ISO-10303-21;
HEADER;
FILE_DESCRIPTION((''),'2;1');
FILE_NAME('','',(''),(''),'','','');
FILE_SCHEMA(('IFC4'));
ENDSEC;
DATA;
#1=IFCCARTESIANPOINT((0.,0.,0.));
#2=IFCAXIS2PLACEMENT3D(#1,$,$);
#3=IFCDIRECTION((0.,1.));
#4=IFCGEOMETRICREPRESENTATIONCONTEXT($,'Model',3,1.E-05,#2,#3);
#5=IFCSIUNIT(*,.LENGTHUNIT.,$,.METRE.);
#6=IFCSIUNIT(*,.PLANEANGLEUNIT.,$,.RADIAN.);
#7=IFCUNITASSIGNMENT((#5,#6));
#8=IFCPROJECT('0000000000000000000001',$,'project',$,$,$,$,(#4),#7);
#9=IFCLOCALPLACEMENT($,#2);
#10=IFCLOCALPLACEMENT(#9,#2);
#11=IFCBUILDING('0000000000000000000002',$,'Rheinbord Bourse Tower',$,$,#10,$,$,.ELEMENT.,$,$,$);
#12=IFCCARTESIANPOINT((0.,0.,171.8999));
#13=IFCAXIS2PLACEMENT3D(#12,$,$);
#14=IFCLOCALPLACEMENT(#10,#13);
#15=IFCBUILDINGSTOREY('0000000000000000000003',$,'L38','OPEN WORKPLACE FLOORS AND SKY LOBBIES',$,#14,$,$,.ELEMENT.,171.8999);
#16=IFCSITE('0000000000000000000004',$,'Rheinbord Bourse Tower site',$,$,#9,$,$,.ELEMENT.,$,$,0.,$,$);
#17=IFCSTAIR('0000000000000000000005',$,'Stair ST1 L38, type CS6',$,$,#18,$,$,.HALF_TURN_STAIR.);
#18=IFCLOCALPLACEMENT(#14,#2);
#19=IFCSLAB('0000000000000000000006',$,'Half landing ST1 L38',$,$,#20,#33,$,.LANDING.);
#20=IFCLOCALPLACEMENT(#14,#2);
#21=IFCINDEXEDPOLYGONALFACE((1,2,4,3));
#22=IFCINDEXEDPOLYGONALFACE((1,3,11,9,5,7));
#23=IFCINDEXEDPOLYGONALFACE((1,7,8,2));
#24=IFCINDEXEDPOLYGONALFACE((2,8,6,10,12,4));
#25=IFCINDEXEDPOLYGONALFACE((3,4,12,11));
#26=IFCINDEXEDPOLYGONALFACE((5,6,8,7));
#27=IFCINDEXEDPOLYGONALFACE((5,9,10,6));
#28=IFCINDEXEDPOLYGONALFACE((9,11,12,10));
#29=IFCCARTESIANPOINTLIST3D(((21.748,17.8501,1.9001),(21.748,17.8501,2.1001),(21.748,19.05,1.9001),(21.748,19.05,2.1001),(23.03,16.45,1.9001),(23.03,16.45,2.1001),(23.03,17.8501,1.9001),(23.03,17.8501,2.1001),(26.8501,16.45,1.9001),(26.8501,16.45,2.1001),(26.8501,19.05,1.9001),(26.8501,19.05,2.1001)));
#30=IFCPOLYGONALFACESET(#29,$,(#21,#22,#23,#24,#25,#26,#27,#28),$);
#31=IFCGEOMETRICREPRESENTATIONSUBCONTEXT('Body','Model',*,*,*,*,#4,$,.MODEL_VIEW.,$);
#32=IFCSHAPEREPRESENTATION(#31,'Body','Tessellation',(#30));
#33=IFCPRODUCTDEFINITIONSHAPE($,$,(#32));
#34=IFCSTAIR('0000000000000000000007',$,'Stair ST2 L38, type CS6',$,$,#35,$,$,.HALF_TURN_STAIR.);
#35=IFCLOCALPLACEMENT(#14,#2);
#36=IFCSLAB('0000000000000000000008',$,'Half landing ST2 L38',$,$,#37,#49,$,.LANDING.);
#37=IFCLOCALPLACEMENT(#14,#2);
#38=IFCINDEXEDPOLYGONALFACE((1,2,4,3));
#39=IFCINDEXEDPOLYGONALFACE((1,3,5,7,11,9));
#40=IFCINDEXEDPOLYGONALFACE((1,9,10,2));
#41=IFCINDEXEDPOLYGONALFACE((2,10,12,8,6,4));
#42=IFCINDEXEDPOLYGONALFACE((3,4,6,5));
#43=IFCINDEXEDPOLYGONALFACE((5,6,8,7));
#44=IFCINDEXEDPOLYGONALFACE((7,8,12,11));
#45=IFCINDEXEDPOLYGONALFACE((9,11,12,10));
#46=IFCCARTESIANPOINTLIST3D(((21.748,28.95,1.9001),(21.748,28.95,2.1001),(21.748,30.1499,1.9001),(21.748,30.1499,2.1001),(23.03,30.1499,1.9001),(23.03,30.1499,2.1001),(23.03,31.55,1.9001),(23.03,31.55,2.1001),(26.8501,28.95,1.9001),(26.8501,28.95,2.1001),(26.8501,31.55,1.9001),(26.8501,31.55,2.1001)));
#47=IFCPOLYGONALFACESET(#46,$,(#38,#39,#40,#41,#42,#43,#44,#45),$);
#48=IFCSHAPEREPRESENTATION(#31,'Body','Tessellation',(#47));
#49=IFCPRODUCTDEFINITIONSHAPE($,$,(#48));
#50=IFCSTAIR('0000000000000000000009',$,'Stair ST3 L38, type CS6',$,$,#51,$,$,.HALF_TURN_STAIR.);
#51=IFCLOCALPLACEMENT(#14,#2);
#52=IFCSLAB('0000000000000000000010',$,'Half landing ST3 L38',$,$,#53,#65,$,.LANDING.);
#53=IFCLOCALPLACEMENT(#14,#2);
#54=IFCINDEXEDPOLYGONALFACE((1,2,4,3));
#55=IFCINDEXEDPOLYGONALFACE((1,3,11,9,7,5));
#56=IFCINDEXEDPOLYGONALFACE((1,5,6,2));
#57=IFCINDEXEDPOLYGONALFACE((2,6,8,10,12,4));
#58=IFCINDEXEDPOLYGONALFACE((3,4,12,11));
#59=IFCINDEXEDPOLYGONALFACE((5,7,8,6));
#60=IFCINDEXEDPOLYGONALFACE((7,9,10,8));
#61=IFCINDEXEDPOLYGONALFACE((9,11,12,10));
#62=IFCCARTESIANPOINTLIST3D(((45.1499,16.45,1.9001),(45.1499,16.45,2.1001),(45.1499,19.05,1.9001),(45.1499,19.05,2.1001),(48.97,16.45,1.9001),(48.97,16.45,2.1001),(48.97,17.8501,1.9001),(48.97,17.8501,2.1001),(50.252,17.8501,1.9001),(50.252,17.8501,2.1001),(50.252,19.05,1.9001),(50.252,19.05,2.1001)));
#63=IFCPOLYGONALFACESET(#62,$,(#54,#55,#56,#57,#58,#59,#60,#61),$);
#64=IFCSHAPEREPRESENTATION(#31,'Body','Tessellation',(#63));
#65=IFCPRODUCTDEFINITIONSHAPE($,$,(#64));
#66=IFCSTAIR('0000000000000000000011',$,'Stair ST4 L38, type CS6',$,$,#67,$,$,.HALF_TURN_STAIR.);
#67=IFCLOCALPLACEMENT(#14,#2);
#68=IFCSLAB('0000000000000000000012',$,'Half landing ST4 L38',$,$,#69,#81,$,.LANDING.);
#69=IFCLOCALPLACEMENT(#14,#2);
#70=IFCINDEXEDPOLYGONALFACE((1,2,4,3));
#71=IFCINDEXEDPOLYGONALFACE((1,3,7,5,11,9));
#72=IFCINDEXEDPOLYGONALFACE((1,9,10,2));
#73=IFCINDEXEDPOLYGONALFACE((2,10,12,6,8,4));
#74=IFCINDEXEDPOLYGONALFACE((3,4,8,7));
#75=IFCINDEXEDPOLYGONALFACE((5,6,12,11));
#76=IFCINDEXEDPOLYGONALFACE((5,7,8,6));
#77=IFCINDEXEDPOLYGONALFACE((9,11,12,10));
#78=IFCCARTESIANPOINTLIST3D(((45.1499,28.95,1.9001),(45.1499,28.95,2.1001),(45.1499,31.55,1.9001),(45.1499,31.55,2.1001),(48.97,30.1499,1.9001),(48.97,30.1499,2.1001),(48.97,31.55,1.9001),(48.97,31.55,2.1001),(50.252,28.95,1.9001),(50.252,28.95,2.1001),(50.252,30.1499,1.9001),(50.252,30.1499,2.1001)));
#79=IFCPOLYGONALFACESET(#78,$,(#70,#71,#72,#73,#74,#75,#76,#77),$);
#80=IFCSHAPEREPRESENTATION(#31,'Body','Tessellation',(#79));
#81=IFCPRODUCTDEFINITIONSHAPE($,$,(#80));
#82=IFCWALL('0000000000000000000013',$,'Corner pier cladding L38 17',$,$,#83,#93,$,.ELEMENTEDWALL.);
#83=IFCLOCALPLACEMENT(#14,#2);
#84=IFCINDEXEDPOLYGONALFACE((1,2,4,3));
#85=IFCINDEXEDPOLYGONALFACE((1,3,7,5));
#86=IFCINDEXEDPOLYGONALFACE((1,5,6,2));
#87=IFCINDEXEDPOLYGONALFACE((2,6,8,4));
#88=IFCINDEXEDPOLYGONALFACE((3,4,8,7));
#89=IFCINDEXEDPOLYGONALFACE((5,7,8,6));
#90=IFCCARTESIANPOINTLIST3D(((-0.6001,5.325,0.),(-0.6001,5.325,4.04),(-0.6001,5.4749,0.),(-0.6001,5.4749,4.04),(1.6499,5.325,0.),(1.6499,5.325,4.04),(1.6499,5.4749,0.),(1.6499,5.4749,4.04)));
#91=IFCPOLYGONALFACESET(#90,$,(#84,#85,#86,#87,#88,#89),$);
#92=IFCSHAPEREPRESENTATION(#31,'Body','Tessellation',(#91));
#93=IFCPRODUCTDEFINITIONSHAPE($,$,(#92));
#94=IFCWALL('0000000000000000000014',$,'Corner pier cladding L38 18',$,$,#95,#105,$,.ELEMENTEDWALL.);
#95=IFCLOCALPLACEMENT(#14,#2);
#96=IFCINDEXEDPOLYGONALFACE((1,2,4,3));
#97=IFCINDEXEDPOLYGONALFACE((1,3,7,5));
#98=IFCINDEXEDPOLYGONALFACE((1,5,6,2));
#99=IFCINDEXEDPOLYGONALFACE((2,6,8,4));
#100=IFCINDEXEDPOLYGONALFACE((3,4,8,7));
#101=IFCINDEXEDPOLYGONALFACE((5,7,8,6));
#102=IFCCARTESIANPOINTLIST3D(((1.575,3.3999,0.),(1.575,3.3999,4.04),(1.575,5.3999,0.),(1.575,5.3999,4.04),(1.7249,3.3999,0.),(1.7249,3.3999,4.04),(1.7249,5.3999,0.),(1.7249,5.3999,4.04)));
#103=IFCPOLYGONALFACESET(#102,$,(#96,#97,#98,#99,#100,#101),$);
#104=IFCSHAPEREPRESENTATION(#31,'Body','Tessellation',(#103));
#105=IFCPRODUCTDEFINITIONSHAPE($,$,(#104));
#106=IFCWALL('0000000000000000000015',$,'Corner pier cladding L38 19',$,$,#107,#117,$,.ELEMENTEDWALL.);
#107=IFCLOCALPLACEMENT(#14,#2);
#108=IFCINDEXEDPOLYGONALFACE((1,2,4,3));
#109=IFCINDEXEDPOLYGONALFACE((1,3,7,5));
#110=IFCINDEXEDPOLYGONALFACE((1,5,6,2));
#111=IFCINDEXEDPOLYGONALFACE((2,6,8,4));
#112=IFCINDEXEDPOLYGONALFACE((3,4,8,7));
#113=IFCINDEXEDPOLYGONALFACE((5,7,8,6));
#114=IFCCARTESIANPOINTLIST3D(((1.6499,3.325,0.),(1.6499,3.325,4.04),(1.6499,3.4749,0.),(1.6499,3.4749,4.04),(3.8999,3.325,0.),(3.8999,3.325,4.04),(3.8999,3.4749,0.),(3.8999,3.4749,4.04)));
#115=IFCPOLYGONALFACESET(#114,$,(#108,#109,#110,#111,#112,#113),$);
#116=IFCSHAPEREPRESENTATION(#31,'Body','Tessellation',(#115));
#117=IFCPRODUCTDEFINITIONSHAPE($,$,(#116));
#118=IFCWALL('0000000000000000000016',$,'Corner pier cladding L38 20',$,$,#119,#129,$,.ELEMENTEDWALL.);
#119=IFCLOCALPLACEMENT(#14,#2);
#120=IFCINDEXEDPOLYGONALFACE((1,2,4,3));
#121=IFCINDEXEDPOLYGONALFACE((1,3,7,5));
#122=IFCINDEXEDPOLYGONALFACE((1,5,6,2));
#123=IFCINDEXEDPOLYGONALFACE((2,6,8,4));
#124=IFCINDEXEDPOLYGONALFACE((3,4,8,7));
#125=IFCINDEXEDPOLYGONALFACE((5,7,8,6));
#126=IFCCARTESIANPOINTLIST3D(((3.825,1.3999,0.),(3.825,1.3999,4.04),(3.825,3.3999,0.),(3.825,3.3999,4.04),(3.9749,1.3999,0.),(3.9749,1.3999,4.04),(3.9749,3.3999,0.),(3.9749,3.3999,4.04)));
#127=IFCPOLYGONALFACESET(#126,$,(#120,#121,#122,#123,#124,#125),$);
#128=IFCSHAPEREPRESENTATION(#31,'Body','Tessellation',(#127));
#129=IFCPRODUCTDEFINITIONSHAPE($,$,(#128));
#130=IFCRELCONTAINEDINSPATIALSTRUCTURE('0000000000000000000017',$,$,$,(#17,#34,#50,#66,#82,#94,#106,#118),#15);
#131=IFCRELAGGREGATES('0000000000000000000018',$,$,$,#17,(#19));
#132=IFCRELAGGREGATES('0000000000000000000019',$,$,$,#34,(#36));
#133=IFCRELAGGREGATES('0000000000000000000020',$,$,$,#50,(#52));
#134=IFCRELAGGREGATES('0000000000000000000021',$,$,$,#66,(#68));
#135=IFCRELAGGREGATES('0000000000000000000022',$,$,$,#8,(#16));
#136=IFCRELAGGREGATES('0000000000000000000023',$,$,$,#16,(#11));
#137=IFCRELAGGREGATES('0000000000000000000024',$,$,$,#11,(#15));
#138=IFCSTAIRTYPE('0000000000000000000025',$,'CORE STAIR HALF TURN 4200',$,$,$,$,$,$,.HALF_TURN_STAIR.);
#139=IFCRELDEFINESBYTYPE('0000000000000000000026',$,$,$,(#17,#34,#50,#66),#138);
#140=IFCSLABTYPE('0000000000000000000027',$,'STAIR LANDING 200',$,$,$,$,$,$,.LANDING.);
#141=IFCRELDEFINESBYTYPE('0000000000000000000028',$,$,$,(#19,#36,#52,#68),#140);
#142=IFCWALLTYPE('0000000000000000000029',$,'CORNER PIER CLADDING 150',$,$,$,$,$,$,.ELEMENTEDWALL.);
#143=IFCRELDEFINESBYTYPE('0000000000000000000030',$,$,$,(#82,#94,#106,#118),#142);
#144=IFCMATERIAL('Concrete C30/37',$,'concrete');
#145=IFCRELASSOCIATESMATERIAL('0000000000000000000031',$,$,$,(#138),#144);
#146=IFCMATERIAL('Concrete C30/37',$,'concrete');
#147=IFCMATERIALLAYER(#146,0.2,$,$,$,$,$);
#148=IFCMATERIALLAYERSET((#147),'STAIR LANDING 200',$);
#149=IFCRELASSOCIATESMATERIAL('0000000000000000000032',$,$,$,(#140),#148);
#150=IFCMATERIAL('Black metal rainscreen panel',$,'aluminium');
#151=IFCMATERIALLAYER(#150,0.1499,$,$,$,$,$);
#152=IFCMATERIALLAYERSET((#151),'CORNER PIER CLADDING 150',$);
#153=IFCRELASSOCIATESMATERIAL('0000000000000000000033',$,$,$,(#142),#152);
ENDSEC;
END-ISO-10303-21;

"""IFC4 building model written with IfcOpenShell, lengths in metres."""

from ifc_helpers import new_model, si_unit, direction, frame, frame_2d, origin, place, context, subcontext, project, spatial, polyline, rectangle, outline, extrude, material, layer, layer_set, type_object, element, aggregate, save


model = new_model("IFC4")

# Units and contexts
model_context = context("Model", 3, precision=1e-05, world=origin(), true_north=direction((0.0, 1.0)))
body_context = subcontext(model_context, "Body", "Model", "MODEL_VIEW")
ifc_project = project(units=[si_unit("LENGTHUNIT", "METRE"), si_unit("PLANEANGLEUNIT", "RADIAN")], contexts=[model_context])

# Site, building, storey
site_placement = place(None, origin())
site = spatial("IfcSite", under=ifc_project, at=site_placement, Name="Rheinbord Bourse Tower site", CompositionType="ELEMENT", RefElevation=0.0)
building_placement = place(site_placement, origin())
building = spatial("IfcBuilding", under=site, at=building_placement, Name="Rheinbord Bourse Tower", CompositionType="ELEMENT")
storey_placement = place(building_placement, frame((0.0, 0.0, 171.8999)))
storey = spatial("IfcBuildingStorey", under=building, at=storey_placement, Name="L38", Description="OPEN WORKPLACE FLOORS AND SKY LOBBIES", CompositionType="ELEMENT", Elevation=171.8999)

# Stairs, slabs
ifc_material_1 = material(Name="Concrete C30/37", Category="concrete")
stair_type = type_object("IfcStairType", Name="CORE STAIR HALF TURN 4200", PredefinedType="HALF_TURN_STAIR", material=ifc_material_1)
stair_1_placement = place(storey_placement, origin())
stair_1 = element("IfcStair", 1, at=stair_1_placement, inside=storey, type_object=stair_type, Name="Stair ST1 L38, type CS6", PredefinedType="HALF_TURN_STAIR")
ifc_material_2 = material(Name="Concrete C30/37", Category="concrete")
ifc_layer_1 = layer(ifc_material_2, 0.2)
ifc_layer_set_1 = layer_set([ifc_layer_1], Name="STAIR LANDING 200")
slab_type_1 = type_object("IfcSlabType", Name="STAIR LANDING 200", PredefinedType="LANDING", material=ifc_layer_set_1)
slab_1_placement = place(storey_placement, frame((0.0, 0.0, 1.9001)))
slab_1 = element("IfcSlab", 2, at=slab_1_placement, type_object=slab_type_1, Name="Half landing ST1 L38", PredefinedType="LANDING", context=body_context, shape_type="SweptSolid", body=[
    extrude(outline(polyline([(23.03, 16.45), (26.8501, 16.45), (26.8501, 19.05), (21.748, 19.05), (21.748, 17.8501), (23.03, 17.8501), (23.03, 16.45)])), origin(), (0.0, 0.0, 1.0), 0.2),
])
aggregate(stair_1, [slab_1])
stair_2_placement = place(storey_placement, origin())
stair_2 = element("IfcStair", 3, at=stair_2_placement, inside=storey, type_object=stair_type, Name="Stair ST2 L38, type CS6", PredefinedType="HALF_TURN_STAIR")
slab_2_placement = place(storey_placement, frame((0.0, 0.0, 1.9001)))
slab_2 = element("IfcSlab", 4, at=slab_2_placement, type_object=slab_type_1, Name="Half landing ST2 L38", PredefinedType="LANDING", context=body_context, shape_type="SweptSolid", body=[
    extrude(outline(polyline([(21.748, 28.95), (26.8501, 28.95), (26.8501, 31.55), (23.03, 31.55), (23.03, 30.1499), (21.748, 30.1499), (21.748, 28.95)])), origin(), (0.0, 0.0, 1.0), 0.2),
])
aggregate(stair_2, [slab_2])
stair_3_placement = place(storey_placement, origin())
stair_3 = element("IfcStair", 5, at=stair_3_placement, inside=storey, type_object=stair_type, Name="Stair ST3 L38, type CS6", PredefinedType="HALF_TURN_STAIR")
slab_3_placement = place(storey_placement, frame((0.0, 0.0, 1.9001)))
slab_3 = element("IfcSlab", 6, at=slab_3_placement, type_object=slab_type_1, Name="Half landing ST3 L38", PredefinedType="LANDING", context=body_context, shape_type="SweptSolid", body=[
    extrude(outline(polyline([(45.1499, 16.45), (48.97, 16.45), (48.97, 17.8501), (50.252, 17.8501), (50.252, 19.05), (45.1499, 19.05), (45.1499, 16.45)])), origin(), (0.0, 0.0, 1.0), 0.2),
])
aggregate(stair_3, [slab_3])
stair_4_placement = place(storey_placement, origin())
stair_4 = element("IfcStair", 7, at=stair_4_placement, inside=storey, type_object=stair_type, Name="Stair ST4 L38, type CS6", PredefinedType="HALF_TURN_STAIR")
slab_4_placement = place(storey_placement, frame((0.0, 0.0, 1.9001)))
slab_4 = element("IfcSlab", 8, at=slab_4_placement, type_object=slab_type_1, Name="Half landing ST4 L38", PredefinedType="LANDING", context=body_context, shape_type="SweptSolid", body=[
    extrude(outline(polyline([(45.1499, 28.95), (50.252, 28.95), (50.252, 30.1499), (48.97, 30.1499), (48.97, 31.55), (45.1499, 31.55), (45.1499, 28.95)])), origin(), (0.0, 0.0, 1.0), 0.2),
])
aggregate(stair_4, [slab_4])

# Walls
ifc_material_3 = material(Name="Black metal rainscreen panel", Category="aluminium")
ifc_layer_2 = layer(ifc_material_3, 0.1499)
ifc_layer_set_2 = layer_set([ifc_layer_2], Name="CORNER PIER CLADDING 150")
wall_type = type_object("IfcWallType", Name="CORNER PIER CLADDING 150", PredefinedType="ELEMENTEDWALL", material=ifc_layer_set_2)
wall_1_placement = place(storey_placement, frame((-0.6001, 5.3999, 0.0), z_axis=(0.0, 0.0, 1.0), x_axis=(1.0, 0.0, 0.0)))
element("IfcWall", 9, at=wall_1_placement, inside=storey, type_object=wall_type, Name="Corner pier cladding L38 17", PredefinedType="ELEMENTEDWALL", context=body_context, shape_type="SweptSolid", body=[
    extrude(rectangle(XDim=2.25, YDim=0.1499, at=frame_2d((1.125, 0.0))), origin(), (0.0, 0.0, 1.0), 4.04),
])
wall_2_placement = place(storey_placement, frame((1.6499, 5.3999, 0.0), z_axis=(0.0, 0.0, 1.0), x_axis=(0.0, -1.0, 0.0)))
element("IfcWall", 10, at=wall_2_placement, inside=storey, type_object=wall_type, Name="Corner pier cladding L38 18", PredefinedType="ELEMENTEDWALL", context=body_context, shape_type="SweptSolid", body=[
    extrude(rectangle(XDim=2.0, YDim=0.1499, at=frame_2d((1.0, 0.0))), origin(), (0.0, 0.0, 1.0), 4.04),
])
wall_3_placement = place(storey_placement, frame((1.6499, 3.3999, 0.0), z_axis=(0.0, 0.0, 1.0), x_axis=(1.0, 0.0, 0.0)))
element("IfcWall", 11, at=wall_3_placement, inside=storey, type_object=wall_type, Name="Corner pier cladding L38 19", PredefinedType="ELEMENTEDWALL", context=body_context, shape_type="SweptSolid", body=[
    extrude(rectangle(XDim=2.25, YDim=0.1499, at=frame_2d((1.125, 0.0))), origin(), (0.0, 0.0, 1.0), 4.04),
])
wall_4_placement = place(storey_placement, frame((3.8999, 3.3999, 0.0), z_axis=(0.0, 0.0, 1.0), x_axis=(0.0, -1.0, 0.0)))
element("IfcWall", 12, at=wall_4_placement, inside=storey, type_object=wall_type, Name="Corner pier cladding L38 20", PredefinedType="ELEMENTEDWALL", context=body_context, shape_type="SweptSolid", body=[
    extrude(rectangle(XDim=2.0, YDim=0.1499, at=frame_2d((1.0, 0.0))), origin(), (0.0, 0.0, 1.0), 4.04),
])

save(model, "model.ifc")
